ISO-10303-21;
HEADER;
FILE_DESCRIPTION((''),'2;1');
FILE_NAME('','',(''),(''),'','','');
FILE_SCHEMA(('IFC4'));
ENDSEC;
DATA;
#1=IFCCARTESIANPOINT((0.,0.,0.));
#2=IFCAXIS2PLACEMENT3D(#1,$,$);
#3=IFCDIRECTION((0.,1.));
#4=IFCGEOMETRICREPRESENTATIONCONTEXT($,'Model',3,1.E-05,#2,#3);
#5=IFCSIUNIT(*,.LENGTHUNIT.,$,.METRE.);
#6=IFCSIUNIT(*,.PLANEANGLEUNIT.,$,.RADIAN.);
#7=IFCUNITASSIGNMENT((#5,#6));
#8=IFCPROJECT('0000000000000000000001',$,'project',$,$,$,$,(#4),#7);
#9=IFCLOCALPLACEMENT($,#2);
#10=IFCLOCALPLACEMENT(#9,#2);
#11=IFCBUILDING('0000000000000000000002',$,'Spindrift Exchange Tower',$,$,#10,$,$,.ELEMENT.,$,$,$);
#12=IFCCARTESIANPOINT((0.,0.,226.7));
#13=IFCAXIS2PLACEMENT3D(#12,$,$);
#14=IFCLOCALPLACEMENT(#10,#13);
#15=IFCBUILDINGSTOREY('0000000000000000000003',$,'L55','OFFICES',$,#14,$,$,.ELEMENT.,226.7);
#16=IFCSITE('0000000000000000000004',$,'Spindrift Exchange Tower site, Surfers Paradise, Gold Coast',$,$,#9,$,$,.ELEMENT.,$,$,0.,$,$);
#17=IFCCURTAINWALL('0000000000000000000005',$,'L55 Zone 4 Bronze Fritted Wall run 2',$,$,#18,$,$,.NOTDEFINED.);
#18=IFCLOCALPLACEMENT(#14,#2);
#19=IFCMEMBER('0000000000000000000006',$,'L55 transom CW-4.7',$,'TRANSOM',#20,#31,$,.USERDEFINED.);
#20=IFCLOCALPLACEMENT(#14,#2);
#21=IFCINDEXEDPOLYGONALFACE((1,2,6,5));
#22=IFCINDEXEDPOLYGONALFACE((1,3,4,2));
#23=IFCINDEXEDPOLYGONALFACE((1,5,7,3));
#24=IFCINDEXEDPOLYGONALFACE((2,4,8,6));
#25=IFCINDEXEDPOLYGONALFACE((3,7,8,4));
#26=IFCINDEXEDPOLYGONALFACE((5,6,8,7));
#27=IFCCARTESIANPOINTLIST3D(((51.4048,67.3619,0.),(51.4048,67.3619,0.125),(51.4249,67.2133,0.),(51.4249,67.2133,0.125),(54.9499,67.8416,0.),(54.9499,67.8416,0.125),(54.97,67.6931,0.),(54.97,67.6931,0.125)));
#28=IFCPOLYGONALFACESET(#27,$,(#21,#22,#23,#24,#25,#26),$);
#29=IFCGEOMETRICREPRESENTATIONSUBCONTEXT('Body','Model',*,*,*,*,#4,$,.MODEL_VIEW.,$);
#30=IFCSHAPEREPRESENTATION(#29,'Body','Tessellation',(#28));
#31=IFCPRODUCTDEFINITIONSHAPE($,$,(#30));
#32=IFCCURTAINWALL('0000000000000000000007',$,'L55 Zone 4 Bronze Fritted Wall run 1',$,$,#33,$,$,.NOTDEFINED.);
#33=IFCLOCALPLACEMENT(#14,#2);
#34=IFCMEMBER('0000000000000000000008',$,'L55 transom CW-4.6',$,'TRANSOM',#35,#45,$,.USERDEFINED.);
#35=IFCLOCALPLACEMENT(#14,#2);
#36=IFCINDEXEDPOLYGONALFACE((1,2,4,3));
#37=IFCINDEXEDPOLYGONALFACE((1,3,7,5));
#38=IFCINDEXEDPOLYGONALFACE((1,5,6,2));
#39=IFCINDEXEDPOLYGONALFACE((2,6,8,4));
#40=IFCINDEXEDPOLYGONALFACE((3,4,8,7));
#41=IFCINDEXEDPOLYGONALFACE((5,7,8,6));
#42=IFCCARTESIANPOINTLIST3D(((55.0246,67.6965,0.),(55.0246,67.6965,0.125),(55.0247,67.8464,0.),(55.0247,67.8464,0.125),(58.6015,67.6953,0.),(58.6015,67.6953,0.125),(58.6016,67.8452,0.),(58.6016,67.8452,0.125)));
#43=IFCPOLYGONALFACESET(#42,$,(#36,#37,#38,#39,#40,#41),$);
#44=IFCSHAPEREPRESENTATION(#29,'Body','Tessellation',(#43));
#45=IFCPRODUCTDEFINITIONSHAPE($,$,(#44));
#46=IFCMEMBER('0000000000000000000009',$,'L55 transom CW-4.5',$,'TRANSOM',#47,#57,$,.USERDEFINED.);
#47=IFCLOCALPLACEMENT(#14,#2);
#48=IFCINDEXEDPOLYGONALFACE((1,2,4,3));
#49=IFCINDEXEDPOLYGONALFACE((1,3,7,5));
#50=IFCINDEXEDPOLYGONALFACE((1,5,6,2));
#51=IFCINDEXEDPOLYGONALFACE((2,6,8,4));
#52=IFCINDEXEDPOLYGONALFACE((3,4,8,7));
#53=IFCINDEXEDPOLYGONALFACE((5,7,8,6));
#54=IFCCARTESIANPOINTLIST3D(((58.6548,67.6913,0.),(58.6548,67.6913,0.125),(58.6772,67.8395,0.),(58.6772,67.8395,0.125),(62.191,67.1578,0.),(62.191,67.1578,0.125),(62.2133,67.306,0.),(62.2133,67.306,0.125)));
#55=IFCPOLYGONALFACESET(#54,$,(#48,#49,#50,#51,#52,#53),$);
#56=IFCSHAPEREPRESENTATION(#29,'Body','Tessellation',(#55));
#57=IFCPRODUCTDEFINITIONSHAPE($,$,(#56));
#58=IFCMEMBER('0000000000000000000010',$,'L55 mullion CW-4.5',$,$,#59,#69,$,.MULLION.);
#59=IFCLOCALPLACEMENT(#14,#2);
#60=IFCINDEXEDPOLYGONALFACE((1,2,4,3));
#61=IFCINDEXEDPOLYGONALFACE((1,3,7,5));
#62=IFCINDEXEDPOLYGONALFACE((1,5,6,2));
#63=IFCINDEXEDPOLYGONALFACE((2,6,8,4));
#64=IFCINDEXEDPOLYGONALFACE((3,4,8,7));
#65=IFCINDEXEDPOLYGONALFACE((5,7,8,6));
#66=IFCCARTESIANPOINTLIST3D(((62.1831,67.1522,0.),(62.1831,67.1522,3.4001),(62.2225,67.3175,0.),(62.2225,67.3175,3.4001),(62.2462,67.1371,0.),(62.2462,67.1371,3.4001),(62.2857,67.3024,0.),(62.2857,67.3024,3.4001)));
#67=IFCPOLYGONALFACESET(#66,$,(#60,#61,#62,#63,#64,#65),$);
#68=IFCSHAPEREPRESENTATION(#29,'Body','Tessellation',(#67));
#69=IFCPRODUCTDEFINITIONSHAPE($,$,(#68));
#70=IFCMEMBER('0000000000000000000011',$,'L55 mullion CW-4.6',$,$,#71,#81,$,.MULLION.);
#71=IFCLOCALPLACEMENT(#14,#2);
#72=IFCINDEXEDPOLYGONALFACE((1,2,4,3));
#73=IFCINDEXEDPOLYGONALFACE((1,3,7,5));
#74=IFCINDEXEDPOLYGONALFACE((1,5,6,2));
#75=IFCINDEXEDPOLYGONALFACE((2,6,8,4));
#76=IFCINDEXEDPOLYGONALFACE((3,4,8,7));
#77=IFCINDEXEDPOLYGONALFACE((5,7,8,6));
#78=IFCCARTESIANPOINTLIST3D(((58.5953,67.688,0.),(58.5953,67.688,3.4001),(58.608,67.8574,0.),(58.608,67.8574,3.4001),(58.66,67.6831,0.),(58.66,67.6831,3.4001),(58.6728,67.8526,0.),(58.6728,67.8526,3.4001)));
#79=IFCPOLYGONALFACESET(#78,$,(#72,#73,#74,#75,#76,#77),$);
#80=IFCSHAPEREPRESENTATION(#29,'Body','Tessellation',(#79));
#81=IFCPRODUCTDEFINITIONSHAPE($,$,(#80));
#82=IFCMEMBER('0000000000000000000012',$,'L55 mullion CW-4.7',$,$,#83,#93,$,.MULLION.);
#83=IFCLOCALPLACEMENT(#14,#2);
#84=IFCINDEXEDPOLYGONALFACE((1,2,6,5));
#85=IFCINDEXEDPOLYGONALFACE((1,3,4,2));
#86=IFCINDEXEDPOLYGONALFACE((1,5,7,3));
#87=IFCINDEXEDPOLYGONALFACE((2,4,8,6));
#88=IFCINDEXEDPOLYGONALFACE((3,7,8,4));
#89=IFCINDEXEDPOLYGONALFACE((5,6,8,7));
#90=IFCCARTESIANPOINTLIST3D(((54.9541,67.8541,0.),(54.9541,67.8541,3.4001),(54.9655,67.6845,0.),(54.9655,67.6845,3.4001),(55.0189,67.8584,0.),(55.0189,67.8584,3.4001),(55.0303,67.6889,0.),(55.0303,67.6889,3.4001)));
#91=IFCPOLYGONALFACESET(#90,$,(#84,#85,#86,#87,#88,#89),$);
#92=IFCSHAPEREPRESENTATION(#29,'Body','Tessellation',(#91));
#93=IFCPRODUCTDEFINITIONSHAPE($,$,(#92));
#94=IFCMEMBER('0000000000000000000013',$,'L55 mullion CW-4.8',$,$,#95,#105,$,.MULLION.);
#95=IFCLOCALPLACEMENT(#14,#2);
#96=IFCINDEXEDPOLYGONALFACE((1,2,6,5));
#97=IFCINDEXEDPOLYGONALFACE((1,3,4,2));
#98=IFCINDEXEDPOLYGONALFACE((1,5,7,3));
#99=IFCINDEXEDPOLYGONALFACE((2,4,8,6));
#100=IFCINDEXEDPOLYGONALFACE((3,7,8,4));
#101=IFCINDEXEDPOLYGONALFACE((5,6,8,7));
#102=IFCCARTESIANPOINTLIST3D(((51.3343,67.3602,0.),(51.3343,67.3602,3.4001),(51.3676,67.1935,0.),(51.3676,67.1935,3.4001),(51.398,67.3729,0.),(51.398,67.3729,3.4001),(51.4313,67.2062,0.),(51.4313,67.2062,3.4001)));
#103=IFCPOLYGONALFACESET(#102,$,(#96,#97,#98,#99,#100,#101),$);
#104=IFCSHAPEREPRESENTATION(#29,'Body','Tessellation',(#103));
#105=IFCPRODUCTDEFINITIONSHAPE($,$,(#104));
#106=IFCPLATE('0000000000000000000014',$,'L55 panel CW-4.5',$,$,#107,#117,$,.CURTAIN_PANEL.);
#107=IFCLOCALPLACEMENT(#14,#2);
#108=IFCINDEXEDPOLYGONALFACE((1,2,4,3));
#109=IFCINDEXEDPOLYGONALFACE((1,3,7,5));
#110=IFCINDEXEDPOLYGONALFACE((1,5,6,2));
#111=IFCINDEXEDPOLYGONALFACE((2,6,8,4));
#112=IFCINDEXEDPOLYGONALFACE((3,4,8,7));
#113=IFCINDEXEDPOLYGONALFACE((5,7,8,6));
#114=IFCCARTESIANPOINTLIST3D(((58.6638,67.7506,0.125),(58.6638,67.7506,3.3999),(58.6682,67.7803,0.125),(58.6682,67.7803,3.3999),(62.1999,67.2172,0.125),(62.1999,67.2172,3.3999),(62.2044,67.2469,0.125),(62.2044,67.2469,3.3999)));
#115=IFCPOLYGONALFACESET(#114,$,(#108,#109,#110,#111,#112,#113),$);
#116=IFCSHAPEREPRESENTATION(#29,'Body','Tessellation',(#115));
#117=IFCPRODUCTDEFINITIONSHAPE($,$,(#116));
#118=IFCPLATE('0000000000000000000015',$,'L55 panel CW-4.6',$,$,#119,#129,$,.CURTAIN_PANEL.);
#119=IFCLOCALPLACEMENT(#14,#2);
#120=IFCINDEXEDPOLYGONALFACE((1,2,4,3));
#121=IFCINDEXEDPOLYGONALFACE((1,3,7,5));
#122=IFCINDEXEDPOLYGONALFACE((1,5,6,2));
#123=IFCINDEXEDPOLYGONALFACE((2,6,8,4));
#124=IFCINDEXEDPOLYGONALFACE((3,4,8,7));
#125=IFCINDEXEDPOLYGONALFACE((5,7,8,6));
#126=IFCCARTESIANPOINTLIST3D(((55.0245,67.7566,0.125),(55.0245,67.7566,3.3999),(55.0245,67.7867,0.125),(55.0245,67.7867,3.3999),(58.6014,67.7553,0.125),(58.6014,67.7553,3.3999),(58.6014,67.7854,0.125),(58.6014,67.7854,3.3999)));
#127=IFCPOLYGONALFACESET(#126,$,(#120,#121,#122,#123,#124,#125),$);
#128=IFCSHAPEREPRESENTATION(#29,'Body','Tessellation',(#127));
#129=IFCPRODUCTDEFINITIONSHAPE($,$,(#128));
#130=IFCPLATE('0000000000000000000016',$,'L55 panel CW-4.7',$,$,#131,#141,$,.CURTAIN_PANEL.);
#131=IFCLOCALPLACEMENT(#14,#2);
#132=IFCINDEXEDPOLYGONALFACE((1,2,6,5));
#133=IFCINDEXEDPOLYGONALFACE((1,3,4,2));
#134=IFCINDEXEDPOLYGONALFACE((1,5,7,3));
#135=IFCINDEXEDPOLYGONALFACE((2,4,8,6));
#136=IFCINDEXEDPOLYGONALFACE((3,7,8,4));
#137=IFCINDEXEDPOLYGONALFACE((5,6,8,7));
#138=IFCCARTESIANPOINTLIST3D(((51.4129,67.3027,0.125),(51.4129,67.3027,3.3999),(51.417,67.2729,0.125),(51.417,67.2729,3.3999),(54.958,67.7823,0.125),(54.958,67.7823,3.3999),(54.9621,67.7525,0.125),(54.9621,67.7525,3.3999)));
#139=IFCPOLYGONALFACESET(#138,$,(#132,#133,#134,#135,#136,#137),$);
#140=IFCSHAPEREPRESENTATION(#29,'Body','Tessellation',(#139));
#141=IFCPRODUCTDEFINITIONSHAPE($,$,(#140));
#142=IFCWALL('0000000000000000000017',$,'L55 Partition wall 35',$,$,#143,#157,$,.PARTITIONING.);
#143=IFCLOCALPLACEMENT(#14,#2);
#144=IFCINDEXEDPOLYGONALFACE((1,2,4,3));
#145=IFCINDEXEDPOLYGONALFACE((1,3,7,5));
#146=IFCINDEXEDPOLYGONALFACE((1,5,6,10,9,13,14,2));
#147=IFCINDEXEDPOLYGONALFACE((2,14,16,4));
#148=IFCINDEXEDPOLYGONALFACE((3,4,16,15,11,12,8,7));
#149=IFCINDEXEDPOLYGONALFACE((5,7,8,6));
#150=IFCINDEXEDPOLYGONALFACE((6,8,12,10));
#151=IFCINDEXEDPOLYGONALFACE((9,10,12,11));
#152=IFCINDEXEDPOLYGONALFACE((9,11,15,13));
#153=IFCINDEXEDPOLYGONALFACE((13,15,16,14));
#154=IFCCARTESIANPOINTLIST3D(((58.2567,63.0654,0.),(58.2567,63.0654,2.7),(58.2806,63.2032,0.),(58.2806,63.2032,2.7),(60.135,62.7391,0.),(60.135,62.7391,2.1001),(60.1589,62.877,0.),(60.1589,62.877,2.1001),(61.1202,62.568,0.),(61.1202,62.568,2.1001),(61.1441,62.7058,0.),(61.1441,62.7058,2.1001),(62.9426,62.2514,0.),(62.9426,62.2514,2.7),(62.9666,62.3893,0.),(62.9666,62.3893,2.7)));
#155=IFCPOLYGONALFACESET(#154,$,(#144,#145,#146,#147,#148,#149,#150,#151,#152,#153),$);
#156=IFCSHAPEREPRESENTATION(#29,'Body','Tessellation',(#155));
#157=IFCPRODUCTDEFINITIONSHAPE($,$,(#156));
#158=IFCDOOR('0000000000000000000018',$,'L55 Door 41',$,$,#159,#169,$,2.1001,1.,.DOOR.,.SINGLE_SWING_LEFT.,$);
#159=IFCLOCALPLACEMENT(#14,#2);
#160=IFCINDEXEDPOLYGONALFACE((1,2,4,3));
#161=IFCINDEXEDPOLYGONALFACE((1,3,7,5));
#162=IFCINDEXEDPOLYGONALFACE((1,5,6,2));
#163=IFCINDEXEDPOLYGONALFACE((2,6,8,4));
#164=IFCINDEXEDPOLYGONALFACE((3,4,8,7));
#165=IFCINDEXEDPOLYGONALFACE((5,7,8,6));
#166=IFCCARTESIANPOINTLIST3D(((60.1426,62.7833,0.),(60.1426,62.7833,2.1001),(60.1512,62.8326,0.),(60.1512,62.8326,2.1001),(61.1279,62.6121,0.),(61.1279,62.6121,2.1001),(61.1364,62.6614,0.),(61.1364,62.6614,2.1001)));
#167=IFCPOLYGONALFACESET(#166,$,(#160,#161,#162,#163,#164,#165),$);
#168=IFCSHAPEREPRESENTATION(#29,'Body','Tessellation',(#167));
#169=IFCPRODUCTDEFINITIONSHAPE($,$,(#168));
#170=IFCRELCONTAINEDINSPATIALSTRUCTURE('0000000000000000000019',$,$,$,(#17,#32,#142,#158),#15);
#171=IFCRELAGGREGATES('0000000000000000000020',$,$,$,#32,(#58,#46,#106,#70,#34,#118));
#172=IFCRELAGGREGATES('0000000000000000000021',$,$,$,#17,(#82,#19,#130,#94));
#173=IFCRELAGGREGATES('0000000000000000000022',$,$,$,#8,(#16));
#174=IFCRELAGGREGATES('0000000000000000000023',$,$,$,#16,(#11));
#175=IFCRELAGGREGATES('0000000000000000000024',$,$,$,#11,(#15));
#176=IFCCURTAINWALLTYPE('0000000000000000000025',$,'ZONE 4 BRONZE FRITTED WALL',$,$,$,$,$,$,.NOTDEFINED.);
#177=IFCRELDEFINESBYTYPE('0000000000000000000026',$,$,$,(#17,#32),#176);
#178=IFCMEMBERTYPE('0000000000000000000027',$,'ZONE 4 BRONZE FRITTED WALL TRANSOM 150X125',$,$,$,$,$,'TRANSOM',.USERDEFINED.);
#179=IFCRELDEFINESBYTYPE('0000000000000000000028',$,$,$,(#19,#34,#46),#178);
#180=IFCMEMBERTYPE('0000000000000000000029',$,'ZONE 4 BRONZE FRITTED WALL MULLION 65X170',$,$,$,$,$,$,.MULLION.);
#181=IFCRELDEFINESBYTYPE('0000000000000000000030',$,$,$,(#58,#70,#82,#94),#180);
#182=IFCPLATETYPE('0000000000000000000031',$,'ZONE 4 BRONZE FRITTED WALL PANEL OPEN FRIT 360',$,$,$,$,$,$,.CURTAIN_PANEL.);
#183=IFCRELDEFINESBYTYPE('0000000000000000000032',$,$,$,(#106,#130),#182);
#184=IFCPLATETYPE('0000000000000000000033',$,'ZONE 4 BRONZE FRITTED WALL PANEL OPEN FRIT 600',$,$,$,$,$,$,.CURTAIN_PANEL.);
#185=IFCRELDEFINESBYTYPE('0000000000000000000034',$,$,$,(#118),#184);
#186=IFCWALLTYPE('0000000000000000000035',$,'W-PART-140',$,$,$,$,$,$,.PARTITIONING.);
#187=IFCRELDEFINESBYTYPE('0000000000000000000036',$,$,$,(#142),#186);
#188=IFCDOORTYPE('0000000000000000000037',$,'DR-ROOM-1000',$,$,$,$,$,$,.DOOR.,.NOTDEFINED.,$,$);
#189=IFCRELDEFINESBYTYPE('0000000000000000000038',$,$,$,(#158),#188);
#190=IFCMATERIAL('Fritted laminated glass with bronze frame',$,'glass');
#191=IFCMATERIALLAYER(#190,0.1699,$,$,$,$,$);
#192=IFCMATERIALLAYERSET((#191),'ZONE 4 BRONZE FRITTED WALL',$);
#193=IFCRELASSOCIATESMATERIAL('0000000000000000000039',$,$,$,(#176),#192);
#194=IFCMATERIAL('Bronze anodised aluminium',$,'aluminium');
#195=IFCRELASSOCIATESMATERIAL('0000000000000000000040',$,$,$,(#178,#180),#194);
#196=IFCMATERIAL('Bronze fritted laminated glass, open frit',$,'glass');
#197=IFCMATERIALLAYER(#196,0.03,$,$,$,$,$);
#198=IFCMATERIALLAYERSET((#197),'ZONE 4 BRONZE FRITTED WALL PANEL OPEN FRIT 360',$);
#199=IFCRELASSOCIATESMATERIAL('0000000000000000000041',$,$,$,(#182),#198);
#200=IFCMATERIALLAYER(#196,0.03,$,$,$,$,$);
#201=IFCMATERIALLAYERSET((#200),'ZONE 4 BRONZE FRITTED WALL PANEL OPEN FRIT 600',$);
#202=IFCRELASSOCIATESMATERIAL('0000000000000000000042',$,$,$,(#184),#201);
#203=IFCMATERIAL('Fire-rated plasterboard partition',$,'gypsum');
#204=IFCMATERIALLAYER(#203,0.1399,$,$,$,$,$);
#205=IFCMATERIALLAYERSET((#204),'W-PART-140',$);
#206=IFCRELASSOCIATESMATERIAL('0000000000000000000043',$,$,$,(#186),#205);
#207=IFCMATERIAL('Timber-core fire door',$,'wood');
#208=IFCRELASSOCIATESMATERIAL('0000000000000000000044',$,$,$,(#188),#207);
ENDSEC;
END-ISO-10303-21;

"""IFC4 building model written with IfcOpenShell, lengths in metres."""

from ifc_helpers import new_model, si_unit, direction, frame, frame_2d, origin, origin_2d, place, context, subcontext, project, spatial, rectangle, extrude, source, transform, mapped, material, layer, layer_set, material_profile, profile_set, type_object, element, fill, aggregate, save


model = new_model("IFC4")

# Units and contexts
model_context = context("Model", 3, precision=1e-05, world=origin(), true_north=direction((0.0, 1.0)))
body_context = subcontext(model_context, "Body", "Model", "MODEL_VIEW")
ifc_project = project(units=[si_unit("LENGTHUNIT", "METRE"), si_unit("PLANEANGLEUNIT", "RADIAN")], contexts=[model_context])

# Site, building, storey
site_placement = place(None, origin())
site = spatial("IfcSite", under=ifc_project, at=site_placement, Name="Spindrift Exchange Tower site, Surfers Paradise, Gold Coast", CompositionType="ELEMENT", RefElevation=0.0)
building_placement = place(site_placement, origin())
building = spatial("IfcBuilding", under=site, at=building_placement, Name="Spindrift Exchange Tower", CompositionType="ELEMENT")
storey_placement = place(building_placement, frame((0.0, 0.0, 226.7)))
storey = spatial("IfcBuildingStorey", under=building, at=storey_placement, Name="L55", Description="OFFICES", CompositionType="ELEMENT", Elevation=226.7)

# Curtain wall, member
ifc_material_1 = material(Name="Fritted laminated glass with bronze frame", Category="glass")
ifc_layer_1 = layer(ifc_material_1, 0.1699)
ifc_layer_set_1 = layer_set([ifc_layer_1], Name="ZONE 4 BRONZE FRITTED WALL")
curtain_wall_type = type_object("IfcCurtainWallType", Name="ZONE 4 BRONZE FRITTED WALL", PredefinedType="NOTDEFINED", material=ifc_layer_set_1)
curtain_wall_1_placement = place(storey_placement, origin())
curtain_wall_1 = element("IfcCurtainWall", 1, at=curtain_wall_1_placement, inside=storey, type_object=curtain_wall_type, Name="L55 Zone 4 Bronze Fritted Wall run 2", PredefinedType="NOTDEFINED")
ifc_material_2 = material(Name="Bronze anodised aluminium", Category="aluminium")
ifc_material_profile_1 = material_profile(ifc_material_2, rectangle(XDim=0.1499, YDim=0.125, at=origin_2d()), Name="ZONE 4 BRONZE FRITTED WALL TRANSOM 150X125")
ifc_profile_set_1 = profile_set([ifc_material_profile_1], Name="Bronze anodised aluminium")
member_type_1 = type_object("IfcMemberType", Name="ZONE 4 BRONZE FRITTED WALL TRANSOM 150X125", ElementType="TRANSOM", PredefinedType="USERDEFINED", material=ifc_profile_set_1)
shared_shape_1 = source(origin(), body_context, "Body", "SweptSolid", [
    extrude(rectangle(XDim=0.1499, YDim=0.125, at=origin_2d()), origin(), (0.0, 0.0, 1.0), 3.5774),
])
member_1_placement = place(storey_placement, frame((54.96, 67.7673, 0.0625), z_axis=(-0.990968, -0.134099, 0.0), x_axis=(0.134099, -0.990968, 0.0)))
member_1 = element("IfcMember", 2, at=member_1_placement, type_object=member_type_1, Name="L55 transom CW-4.7", ObjectType="TRANSOM", PredefinedType="USERDEFINED", context=body_context, shape_type="MappedRepresentation", body=[
    mapped(shared_shape_1, transform((0.0, 0.0, 0.0), scale=1.0)),
])

# Curtain wall, members
curtain_wall_2_placement = place(storey_placement, origin())
curtain_wall_2 = element("IfcCurtainWall", 3, at=curtain_wall_2_placement, inside=storey, type_object=curtain_wall_type, Name="L55 Zone 4 Bronze Fritted Wall run 1", PredefinedType="NOTDEFINED")
shared_shape_2 = source(origin(), body_context, "Body", "SweptSolid", [
    extrude(rectangle(XDim=0.1499, YDim=0.125, at=origin_2d()), origin(), (0.0, 0.0, 1.0), 3.5769),
])
member_2_placement = place(storey_placement, frame((58.6016, 67.7703, 0.0625), z_axis=(-1.0, 0.000341, 0.0), x_axis=(-0.000341, -1.0, 0.0)))
member_2 = element("IfcMember", 4, at=member_2_placement, type_object=member_type_1, Name="L55 transom CW-4.6", ObjectType="TRANSOM", PredefinedType="USERDEFINED", context=body_context, shape_type="MappedRepresentation", body=[
    mapped(shared_shape_2, transform((0.0, 0.0, 0.0), scale=1.0)),
])
shared_shape_3 = source(origin(), body_context, "Body", "SweptSolid", [
    extrude(rectangle(XDim=0.1499, YDim=0.125, at=origin_2d()), origin(), (0.0, 0.0, 1.0), 3.5762),
])
member_3_placement = place(storey_placement, frame((62.2021, 67.2319, 0.0625), z_axis=(-0.988812, 0.149168, 0.0), x_axis=(-0.149168, -0.988812, 0.0)))
member_3 = element("IfcMember", 5, at=member_3_placement, type_object=member_type_1, Name="L55 transom CW-4.5", ObjectType="TRANSOM", PredefinedType="USERDEFINED", context=body_context, shape_type="MappedRepresentation", body=[
    mapped(shared_shape_3, transform((0.0, 0.0, 0.0), scale=1.0)),
])
ifc_material_profile_2 = material_profile(ifc_material_2, rectangle(XDim=0.0649, YDim=0.1699, at=origin_2d()), Name="ZONE 4 BRONZE FRITTED WALL MULLION 65X170")
ifc_profile_set_2 = profile_set([ifc_material_profile_2], Name="Bronze anodised aluminium")
member_type_2 = type_object("IfcMemberType", Name="ZONE 4 BRONZE FRITTED WALL MULLION 65X170", PredefinedType="MULLION", material=ifc_profile_set_2)
shared_shape_4 = source(origin(), body_context, "Body", "SweptSolid", [
    extrude(rectangle(XDim=0.0649, YDim=0.1699, at=origin_2d()), origin(), (0.0, 0.0, 1.0), 3.4001),
])
member_4_placement = place(storey_placement, frame((62.2344, 67.2273, 0.0), z_axis=(0.0, 0.0, 1.0), x_axis=(-0.972668, 0.2322, 0.0)))
member_4 = element("IfcMember", 6, at=member_4_placement, type_object=member_type_2, Name="L55 mullion CW-4.5", PredefinedType="MULLION", context=body_context, shape_type="MappedRepresentation", body=[
    mapped(shared_shape_4, transform((0.0, 0.0, 0.0), scale=1.0)),
])
member_5_placement = place(storey_placement, frame((58.634, 67.7703, 0.0), z_axis=(0.0, 0.0, 1.0), x_axis=(-0.997186, 0.074966, 0.0)))
member_5 = element("IfcMember", 7, at=member_5_placement, type_object=member_type_2, Name="L55 mullion CW-4.6", PredefinedType="MULLION", context=body_context, shape_type="MappedRepresentation", body=[
    mapped(shared_shape_4, transform((0.0, 0.0, 0.0), scale=1.0)),
])

# Members
member_6_placement = place(storey_placement, frame((54.9922, 67.7715, 0.0), z_axis=(0.0, 0.0, 1.0), x_axis=(-0.997753, -0.067004, 0.0)))
member_6 = element("IfcMember", 8, at=member_6_placement, type_object=member_type_2, Name="L55 mullion CW-4.7", PredefinedType="MULLION", context=body_context, shape_type="MappedRepresentation", body=[
    mapped(shared_shape_4, transform((0.0, 0.0, 0.0), scale=1.0)),
])
member_7_placement = place(storey_placement, frame((51.3828, 67.2832, 0.0), z_axis=(0.0, 0.0, 1.0), x_axis=(-0.980678, -0.19563, 0.0)))
member_7 = element("IfcMember", 9, at=member_7_placement, type_object=member_type_2, Name="L55 mullion CW-4.8", PredefinedType="MULLION", context=body_context, shape_type="MappedRepresentation", body=[
    mapped(shared_shape_4, transform((0.0, 0.0, 0.0), scale=1.0)),
])

# Plates
ifc_material_3 = material(Name="Bronze fritted laminated glass, open frit", Category="glass")
ifc_layer_2 = layer(ifc_material_3, 0.03)
ifc_layer_set_2 = layer_set([ifc_layer_2], Name="ZONE 4 BRONZE FRITTED WALL PANEL OPEN FRIT 360")
plate_type_1 = type_object("IfcPlateType", Name="ZONE 4 BRONZE FRITTED WALL PANEL OPEN FRIT 360", PredefinedType="CURTAIN_PANEL", material=ifc_layer_set_2)
shared_shape_5 = source(origin(), body_context, "Body", "SweptSolid", [
    extrude(rectangle(XDim=3.5762, YDim=0.03, at=origin_2d()), origin(), (0.0, 0.0, 1.0), 3.2749),
])
plate_1_placement = place(storey_placement, frame((60.4341, 67.4988, 0.125), z_axis=(0.0, 0.0, 1.0), x_axis=(-0.988813, 0.149157, 0.0)))
plate_1 = element("IfcPlate", 10, at=plate_1_placement, type_object=plate_type_1, Name="L55 panel CW-4.5", PredefinedType="CURTAIN_PANEL", context=body_context, shape_type="MappedRepresentation", body=[
    mapped(shared_shape_5, transform((0.0, 0.0, 0.0), scale=1.0)),
])
ifc_layer_3 = layer(ifc_material_3, 0.03)
ifc_layer_set_3 = layer_set([ifc_layer_3], Name="ZONE 4 BRONZE FRITTED WALL PANEL OPEN FRIT 600")
plate_type_2 = type_object("IfcPlateType", Name="ZONE 4 BRONZE FRITTED WALL PANEL OPEN FRIT 600", PredefinedType="CURTAIN_PANEL", material=ifc_layer_set_3)
shared_shape_6 = source(origin(), body_context, "Body", "SweptSolid", [
    extrude(rectangle(XDim=3.5769, YDim=0.03, at=origin_2d()), origin(), (0.0, 0.0, 1.0), 3.2749),
])
plate_2_placement = place(storey_placement, frame((56.813, 67.771, 0.125), z_axis=(0.0, 0.0, 1.0), x_axis=(-1.0, 0.000358, 0.0)))
plate_2 = element("IfcPlate", 11, at=plate_2_placement, type_object=plate_type_2, Name="L55 panel CW-4.6", PredefinedType="CURTAIN_PANEL", context=body_context, shape_type="MappedRepresentation", body=[
    mapped(shared_shape_6, transform((0.0, 0.0, 0.0), scale=1.0)),
])
aggregate(curtain_wall_2, [member_4, member_3, plate_1, member_5, member_2, plate_2])
shared_shape_7 = source(origin(), body_context, "Body", "SweptSolid", [
    extrude(rectangle(XDim=3.5774, YDim=0.03, at=origin_2d()), origin(), (0.0, 0.0, 1.0), 3.2749),
])
plate_3_placement = place(storey_placement, frame((53.1875, 67.5276, 0.125), z_axis=(0.0, 0.0, 1.0), x_axis=(-0.990973, -0.134061, 0.0)))
plate_3 = element("IfcPlate", 12, at=plate_3_placement, type_object=plate_type_1, Name="L55 panel CW-4.7", PredefinedType="CURTAIN_PANEL", context=body_context, shape_type="MappedRepresentation", body=[
    mapped(shared_shape_7, transform((0.0, 0.0, 0.0), scale=1.0)),
])
aggregate(curtain_wall_1, [member_6, member_1, plate_3, member_7])

# Wall, opening, door
ifc_material_4 = material(Name="Fire-rated plasterboard partition", Category="gypsum")
ifc_layer_4 = layer(ifc_material_4, 0.1399)
ifc_layer_set_4 = layer_set([ifc_layer_4], Name="W-PART-140")
wall_type = type_object("IfcWallType", Name="W-PART-140", PredefinedType="PARTITIONING", material=ifc_layer_set_4)
wall_1_placement = place(storey_placement, frame((58.2688, 63.1343, 0.0), z_axis=(0.0, 0.0, 1.0), x_axis=(0.985247, -0.171138, 0.0)))
wall_1 = element("IfcWall", 13, at=wall_1_placement, inside=storey, type_object=wall_type, Name="L55 Partition wall 35", PredefinedType="PARTITIONING", context=body_context, shape_type="SweptSolid", body=[
    extrude(rectangle(XDim=4.7561, YDim=0.1399, at=frame_2d((2.3779, 0.0))), origin(), (0.0, 0.0, 1.0), 2.7),
])
opening_1_placement = place(wall_1_placement, frame((1.9062, 0.0, 0.0)))
opening_1 = element("IfcOpeningElement", 14, at=opening_1_placement, cuts=wall_1, PredefinedType="OPENING", context=body_context, shape_type="SweptSolid", body=[
    extrude(rectangle(XDim=1.0, YDim=2.1001, at=frame_2d((0.5, 1.05))), frame((0.0, 0.0798, 0.0), z_axis=(0.0, -1.0, 0.0), x_axis=(1.0, 0.0, 0.0)), (0.0, 0.0, 1.0), 0.1599),
])
ifc_material_5 = material(Name="Timber-core fire door", Category="wood")
door_type = type_object("IfcDoorType", Name="DR-ROOM-1000", OperationType="NOTDEFINED", PredefinedType="DOOR", material=ifc_material_5)
shared_shape_8 = source(origin(), body_context, "Body", "SweptSolid", [
    extrude(rectangle(XDim=1.0, YDim=2.1001, at=frame_2d((0.5, 1.05))), frame((0.0, 0.0249, 0.0), z_axis=(0.0, -1.0, 0.0), x_axis=(1.0, 0.0, 0.0)), (0.0, 0.0, 1.0), 0.05),
])
door_1_placement = place(opening_1_placement, origin())
door_1 = element("IfcDoor", 15, at=door_1_placement, inside=storey, type_object=door_type, Name="L55 Door 41", OperationType="SINGLE_SWING_LEFT", OverallHeight=2.1001, OverallWidth=1.0, PredefinedType="DOOR", context=body_context, shape_type="MappedRepresentation", body=[
    mapped(shared_shape_8, transform((0.0, 0.0, 0.0), scale=1.0)),
])
fill(opening_1, door_1)

save(model, "model.ifc")
